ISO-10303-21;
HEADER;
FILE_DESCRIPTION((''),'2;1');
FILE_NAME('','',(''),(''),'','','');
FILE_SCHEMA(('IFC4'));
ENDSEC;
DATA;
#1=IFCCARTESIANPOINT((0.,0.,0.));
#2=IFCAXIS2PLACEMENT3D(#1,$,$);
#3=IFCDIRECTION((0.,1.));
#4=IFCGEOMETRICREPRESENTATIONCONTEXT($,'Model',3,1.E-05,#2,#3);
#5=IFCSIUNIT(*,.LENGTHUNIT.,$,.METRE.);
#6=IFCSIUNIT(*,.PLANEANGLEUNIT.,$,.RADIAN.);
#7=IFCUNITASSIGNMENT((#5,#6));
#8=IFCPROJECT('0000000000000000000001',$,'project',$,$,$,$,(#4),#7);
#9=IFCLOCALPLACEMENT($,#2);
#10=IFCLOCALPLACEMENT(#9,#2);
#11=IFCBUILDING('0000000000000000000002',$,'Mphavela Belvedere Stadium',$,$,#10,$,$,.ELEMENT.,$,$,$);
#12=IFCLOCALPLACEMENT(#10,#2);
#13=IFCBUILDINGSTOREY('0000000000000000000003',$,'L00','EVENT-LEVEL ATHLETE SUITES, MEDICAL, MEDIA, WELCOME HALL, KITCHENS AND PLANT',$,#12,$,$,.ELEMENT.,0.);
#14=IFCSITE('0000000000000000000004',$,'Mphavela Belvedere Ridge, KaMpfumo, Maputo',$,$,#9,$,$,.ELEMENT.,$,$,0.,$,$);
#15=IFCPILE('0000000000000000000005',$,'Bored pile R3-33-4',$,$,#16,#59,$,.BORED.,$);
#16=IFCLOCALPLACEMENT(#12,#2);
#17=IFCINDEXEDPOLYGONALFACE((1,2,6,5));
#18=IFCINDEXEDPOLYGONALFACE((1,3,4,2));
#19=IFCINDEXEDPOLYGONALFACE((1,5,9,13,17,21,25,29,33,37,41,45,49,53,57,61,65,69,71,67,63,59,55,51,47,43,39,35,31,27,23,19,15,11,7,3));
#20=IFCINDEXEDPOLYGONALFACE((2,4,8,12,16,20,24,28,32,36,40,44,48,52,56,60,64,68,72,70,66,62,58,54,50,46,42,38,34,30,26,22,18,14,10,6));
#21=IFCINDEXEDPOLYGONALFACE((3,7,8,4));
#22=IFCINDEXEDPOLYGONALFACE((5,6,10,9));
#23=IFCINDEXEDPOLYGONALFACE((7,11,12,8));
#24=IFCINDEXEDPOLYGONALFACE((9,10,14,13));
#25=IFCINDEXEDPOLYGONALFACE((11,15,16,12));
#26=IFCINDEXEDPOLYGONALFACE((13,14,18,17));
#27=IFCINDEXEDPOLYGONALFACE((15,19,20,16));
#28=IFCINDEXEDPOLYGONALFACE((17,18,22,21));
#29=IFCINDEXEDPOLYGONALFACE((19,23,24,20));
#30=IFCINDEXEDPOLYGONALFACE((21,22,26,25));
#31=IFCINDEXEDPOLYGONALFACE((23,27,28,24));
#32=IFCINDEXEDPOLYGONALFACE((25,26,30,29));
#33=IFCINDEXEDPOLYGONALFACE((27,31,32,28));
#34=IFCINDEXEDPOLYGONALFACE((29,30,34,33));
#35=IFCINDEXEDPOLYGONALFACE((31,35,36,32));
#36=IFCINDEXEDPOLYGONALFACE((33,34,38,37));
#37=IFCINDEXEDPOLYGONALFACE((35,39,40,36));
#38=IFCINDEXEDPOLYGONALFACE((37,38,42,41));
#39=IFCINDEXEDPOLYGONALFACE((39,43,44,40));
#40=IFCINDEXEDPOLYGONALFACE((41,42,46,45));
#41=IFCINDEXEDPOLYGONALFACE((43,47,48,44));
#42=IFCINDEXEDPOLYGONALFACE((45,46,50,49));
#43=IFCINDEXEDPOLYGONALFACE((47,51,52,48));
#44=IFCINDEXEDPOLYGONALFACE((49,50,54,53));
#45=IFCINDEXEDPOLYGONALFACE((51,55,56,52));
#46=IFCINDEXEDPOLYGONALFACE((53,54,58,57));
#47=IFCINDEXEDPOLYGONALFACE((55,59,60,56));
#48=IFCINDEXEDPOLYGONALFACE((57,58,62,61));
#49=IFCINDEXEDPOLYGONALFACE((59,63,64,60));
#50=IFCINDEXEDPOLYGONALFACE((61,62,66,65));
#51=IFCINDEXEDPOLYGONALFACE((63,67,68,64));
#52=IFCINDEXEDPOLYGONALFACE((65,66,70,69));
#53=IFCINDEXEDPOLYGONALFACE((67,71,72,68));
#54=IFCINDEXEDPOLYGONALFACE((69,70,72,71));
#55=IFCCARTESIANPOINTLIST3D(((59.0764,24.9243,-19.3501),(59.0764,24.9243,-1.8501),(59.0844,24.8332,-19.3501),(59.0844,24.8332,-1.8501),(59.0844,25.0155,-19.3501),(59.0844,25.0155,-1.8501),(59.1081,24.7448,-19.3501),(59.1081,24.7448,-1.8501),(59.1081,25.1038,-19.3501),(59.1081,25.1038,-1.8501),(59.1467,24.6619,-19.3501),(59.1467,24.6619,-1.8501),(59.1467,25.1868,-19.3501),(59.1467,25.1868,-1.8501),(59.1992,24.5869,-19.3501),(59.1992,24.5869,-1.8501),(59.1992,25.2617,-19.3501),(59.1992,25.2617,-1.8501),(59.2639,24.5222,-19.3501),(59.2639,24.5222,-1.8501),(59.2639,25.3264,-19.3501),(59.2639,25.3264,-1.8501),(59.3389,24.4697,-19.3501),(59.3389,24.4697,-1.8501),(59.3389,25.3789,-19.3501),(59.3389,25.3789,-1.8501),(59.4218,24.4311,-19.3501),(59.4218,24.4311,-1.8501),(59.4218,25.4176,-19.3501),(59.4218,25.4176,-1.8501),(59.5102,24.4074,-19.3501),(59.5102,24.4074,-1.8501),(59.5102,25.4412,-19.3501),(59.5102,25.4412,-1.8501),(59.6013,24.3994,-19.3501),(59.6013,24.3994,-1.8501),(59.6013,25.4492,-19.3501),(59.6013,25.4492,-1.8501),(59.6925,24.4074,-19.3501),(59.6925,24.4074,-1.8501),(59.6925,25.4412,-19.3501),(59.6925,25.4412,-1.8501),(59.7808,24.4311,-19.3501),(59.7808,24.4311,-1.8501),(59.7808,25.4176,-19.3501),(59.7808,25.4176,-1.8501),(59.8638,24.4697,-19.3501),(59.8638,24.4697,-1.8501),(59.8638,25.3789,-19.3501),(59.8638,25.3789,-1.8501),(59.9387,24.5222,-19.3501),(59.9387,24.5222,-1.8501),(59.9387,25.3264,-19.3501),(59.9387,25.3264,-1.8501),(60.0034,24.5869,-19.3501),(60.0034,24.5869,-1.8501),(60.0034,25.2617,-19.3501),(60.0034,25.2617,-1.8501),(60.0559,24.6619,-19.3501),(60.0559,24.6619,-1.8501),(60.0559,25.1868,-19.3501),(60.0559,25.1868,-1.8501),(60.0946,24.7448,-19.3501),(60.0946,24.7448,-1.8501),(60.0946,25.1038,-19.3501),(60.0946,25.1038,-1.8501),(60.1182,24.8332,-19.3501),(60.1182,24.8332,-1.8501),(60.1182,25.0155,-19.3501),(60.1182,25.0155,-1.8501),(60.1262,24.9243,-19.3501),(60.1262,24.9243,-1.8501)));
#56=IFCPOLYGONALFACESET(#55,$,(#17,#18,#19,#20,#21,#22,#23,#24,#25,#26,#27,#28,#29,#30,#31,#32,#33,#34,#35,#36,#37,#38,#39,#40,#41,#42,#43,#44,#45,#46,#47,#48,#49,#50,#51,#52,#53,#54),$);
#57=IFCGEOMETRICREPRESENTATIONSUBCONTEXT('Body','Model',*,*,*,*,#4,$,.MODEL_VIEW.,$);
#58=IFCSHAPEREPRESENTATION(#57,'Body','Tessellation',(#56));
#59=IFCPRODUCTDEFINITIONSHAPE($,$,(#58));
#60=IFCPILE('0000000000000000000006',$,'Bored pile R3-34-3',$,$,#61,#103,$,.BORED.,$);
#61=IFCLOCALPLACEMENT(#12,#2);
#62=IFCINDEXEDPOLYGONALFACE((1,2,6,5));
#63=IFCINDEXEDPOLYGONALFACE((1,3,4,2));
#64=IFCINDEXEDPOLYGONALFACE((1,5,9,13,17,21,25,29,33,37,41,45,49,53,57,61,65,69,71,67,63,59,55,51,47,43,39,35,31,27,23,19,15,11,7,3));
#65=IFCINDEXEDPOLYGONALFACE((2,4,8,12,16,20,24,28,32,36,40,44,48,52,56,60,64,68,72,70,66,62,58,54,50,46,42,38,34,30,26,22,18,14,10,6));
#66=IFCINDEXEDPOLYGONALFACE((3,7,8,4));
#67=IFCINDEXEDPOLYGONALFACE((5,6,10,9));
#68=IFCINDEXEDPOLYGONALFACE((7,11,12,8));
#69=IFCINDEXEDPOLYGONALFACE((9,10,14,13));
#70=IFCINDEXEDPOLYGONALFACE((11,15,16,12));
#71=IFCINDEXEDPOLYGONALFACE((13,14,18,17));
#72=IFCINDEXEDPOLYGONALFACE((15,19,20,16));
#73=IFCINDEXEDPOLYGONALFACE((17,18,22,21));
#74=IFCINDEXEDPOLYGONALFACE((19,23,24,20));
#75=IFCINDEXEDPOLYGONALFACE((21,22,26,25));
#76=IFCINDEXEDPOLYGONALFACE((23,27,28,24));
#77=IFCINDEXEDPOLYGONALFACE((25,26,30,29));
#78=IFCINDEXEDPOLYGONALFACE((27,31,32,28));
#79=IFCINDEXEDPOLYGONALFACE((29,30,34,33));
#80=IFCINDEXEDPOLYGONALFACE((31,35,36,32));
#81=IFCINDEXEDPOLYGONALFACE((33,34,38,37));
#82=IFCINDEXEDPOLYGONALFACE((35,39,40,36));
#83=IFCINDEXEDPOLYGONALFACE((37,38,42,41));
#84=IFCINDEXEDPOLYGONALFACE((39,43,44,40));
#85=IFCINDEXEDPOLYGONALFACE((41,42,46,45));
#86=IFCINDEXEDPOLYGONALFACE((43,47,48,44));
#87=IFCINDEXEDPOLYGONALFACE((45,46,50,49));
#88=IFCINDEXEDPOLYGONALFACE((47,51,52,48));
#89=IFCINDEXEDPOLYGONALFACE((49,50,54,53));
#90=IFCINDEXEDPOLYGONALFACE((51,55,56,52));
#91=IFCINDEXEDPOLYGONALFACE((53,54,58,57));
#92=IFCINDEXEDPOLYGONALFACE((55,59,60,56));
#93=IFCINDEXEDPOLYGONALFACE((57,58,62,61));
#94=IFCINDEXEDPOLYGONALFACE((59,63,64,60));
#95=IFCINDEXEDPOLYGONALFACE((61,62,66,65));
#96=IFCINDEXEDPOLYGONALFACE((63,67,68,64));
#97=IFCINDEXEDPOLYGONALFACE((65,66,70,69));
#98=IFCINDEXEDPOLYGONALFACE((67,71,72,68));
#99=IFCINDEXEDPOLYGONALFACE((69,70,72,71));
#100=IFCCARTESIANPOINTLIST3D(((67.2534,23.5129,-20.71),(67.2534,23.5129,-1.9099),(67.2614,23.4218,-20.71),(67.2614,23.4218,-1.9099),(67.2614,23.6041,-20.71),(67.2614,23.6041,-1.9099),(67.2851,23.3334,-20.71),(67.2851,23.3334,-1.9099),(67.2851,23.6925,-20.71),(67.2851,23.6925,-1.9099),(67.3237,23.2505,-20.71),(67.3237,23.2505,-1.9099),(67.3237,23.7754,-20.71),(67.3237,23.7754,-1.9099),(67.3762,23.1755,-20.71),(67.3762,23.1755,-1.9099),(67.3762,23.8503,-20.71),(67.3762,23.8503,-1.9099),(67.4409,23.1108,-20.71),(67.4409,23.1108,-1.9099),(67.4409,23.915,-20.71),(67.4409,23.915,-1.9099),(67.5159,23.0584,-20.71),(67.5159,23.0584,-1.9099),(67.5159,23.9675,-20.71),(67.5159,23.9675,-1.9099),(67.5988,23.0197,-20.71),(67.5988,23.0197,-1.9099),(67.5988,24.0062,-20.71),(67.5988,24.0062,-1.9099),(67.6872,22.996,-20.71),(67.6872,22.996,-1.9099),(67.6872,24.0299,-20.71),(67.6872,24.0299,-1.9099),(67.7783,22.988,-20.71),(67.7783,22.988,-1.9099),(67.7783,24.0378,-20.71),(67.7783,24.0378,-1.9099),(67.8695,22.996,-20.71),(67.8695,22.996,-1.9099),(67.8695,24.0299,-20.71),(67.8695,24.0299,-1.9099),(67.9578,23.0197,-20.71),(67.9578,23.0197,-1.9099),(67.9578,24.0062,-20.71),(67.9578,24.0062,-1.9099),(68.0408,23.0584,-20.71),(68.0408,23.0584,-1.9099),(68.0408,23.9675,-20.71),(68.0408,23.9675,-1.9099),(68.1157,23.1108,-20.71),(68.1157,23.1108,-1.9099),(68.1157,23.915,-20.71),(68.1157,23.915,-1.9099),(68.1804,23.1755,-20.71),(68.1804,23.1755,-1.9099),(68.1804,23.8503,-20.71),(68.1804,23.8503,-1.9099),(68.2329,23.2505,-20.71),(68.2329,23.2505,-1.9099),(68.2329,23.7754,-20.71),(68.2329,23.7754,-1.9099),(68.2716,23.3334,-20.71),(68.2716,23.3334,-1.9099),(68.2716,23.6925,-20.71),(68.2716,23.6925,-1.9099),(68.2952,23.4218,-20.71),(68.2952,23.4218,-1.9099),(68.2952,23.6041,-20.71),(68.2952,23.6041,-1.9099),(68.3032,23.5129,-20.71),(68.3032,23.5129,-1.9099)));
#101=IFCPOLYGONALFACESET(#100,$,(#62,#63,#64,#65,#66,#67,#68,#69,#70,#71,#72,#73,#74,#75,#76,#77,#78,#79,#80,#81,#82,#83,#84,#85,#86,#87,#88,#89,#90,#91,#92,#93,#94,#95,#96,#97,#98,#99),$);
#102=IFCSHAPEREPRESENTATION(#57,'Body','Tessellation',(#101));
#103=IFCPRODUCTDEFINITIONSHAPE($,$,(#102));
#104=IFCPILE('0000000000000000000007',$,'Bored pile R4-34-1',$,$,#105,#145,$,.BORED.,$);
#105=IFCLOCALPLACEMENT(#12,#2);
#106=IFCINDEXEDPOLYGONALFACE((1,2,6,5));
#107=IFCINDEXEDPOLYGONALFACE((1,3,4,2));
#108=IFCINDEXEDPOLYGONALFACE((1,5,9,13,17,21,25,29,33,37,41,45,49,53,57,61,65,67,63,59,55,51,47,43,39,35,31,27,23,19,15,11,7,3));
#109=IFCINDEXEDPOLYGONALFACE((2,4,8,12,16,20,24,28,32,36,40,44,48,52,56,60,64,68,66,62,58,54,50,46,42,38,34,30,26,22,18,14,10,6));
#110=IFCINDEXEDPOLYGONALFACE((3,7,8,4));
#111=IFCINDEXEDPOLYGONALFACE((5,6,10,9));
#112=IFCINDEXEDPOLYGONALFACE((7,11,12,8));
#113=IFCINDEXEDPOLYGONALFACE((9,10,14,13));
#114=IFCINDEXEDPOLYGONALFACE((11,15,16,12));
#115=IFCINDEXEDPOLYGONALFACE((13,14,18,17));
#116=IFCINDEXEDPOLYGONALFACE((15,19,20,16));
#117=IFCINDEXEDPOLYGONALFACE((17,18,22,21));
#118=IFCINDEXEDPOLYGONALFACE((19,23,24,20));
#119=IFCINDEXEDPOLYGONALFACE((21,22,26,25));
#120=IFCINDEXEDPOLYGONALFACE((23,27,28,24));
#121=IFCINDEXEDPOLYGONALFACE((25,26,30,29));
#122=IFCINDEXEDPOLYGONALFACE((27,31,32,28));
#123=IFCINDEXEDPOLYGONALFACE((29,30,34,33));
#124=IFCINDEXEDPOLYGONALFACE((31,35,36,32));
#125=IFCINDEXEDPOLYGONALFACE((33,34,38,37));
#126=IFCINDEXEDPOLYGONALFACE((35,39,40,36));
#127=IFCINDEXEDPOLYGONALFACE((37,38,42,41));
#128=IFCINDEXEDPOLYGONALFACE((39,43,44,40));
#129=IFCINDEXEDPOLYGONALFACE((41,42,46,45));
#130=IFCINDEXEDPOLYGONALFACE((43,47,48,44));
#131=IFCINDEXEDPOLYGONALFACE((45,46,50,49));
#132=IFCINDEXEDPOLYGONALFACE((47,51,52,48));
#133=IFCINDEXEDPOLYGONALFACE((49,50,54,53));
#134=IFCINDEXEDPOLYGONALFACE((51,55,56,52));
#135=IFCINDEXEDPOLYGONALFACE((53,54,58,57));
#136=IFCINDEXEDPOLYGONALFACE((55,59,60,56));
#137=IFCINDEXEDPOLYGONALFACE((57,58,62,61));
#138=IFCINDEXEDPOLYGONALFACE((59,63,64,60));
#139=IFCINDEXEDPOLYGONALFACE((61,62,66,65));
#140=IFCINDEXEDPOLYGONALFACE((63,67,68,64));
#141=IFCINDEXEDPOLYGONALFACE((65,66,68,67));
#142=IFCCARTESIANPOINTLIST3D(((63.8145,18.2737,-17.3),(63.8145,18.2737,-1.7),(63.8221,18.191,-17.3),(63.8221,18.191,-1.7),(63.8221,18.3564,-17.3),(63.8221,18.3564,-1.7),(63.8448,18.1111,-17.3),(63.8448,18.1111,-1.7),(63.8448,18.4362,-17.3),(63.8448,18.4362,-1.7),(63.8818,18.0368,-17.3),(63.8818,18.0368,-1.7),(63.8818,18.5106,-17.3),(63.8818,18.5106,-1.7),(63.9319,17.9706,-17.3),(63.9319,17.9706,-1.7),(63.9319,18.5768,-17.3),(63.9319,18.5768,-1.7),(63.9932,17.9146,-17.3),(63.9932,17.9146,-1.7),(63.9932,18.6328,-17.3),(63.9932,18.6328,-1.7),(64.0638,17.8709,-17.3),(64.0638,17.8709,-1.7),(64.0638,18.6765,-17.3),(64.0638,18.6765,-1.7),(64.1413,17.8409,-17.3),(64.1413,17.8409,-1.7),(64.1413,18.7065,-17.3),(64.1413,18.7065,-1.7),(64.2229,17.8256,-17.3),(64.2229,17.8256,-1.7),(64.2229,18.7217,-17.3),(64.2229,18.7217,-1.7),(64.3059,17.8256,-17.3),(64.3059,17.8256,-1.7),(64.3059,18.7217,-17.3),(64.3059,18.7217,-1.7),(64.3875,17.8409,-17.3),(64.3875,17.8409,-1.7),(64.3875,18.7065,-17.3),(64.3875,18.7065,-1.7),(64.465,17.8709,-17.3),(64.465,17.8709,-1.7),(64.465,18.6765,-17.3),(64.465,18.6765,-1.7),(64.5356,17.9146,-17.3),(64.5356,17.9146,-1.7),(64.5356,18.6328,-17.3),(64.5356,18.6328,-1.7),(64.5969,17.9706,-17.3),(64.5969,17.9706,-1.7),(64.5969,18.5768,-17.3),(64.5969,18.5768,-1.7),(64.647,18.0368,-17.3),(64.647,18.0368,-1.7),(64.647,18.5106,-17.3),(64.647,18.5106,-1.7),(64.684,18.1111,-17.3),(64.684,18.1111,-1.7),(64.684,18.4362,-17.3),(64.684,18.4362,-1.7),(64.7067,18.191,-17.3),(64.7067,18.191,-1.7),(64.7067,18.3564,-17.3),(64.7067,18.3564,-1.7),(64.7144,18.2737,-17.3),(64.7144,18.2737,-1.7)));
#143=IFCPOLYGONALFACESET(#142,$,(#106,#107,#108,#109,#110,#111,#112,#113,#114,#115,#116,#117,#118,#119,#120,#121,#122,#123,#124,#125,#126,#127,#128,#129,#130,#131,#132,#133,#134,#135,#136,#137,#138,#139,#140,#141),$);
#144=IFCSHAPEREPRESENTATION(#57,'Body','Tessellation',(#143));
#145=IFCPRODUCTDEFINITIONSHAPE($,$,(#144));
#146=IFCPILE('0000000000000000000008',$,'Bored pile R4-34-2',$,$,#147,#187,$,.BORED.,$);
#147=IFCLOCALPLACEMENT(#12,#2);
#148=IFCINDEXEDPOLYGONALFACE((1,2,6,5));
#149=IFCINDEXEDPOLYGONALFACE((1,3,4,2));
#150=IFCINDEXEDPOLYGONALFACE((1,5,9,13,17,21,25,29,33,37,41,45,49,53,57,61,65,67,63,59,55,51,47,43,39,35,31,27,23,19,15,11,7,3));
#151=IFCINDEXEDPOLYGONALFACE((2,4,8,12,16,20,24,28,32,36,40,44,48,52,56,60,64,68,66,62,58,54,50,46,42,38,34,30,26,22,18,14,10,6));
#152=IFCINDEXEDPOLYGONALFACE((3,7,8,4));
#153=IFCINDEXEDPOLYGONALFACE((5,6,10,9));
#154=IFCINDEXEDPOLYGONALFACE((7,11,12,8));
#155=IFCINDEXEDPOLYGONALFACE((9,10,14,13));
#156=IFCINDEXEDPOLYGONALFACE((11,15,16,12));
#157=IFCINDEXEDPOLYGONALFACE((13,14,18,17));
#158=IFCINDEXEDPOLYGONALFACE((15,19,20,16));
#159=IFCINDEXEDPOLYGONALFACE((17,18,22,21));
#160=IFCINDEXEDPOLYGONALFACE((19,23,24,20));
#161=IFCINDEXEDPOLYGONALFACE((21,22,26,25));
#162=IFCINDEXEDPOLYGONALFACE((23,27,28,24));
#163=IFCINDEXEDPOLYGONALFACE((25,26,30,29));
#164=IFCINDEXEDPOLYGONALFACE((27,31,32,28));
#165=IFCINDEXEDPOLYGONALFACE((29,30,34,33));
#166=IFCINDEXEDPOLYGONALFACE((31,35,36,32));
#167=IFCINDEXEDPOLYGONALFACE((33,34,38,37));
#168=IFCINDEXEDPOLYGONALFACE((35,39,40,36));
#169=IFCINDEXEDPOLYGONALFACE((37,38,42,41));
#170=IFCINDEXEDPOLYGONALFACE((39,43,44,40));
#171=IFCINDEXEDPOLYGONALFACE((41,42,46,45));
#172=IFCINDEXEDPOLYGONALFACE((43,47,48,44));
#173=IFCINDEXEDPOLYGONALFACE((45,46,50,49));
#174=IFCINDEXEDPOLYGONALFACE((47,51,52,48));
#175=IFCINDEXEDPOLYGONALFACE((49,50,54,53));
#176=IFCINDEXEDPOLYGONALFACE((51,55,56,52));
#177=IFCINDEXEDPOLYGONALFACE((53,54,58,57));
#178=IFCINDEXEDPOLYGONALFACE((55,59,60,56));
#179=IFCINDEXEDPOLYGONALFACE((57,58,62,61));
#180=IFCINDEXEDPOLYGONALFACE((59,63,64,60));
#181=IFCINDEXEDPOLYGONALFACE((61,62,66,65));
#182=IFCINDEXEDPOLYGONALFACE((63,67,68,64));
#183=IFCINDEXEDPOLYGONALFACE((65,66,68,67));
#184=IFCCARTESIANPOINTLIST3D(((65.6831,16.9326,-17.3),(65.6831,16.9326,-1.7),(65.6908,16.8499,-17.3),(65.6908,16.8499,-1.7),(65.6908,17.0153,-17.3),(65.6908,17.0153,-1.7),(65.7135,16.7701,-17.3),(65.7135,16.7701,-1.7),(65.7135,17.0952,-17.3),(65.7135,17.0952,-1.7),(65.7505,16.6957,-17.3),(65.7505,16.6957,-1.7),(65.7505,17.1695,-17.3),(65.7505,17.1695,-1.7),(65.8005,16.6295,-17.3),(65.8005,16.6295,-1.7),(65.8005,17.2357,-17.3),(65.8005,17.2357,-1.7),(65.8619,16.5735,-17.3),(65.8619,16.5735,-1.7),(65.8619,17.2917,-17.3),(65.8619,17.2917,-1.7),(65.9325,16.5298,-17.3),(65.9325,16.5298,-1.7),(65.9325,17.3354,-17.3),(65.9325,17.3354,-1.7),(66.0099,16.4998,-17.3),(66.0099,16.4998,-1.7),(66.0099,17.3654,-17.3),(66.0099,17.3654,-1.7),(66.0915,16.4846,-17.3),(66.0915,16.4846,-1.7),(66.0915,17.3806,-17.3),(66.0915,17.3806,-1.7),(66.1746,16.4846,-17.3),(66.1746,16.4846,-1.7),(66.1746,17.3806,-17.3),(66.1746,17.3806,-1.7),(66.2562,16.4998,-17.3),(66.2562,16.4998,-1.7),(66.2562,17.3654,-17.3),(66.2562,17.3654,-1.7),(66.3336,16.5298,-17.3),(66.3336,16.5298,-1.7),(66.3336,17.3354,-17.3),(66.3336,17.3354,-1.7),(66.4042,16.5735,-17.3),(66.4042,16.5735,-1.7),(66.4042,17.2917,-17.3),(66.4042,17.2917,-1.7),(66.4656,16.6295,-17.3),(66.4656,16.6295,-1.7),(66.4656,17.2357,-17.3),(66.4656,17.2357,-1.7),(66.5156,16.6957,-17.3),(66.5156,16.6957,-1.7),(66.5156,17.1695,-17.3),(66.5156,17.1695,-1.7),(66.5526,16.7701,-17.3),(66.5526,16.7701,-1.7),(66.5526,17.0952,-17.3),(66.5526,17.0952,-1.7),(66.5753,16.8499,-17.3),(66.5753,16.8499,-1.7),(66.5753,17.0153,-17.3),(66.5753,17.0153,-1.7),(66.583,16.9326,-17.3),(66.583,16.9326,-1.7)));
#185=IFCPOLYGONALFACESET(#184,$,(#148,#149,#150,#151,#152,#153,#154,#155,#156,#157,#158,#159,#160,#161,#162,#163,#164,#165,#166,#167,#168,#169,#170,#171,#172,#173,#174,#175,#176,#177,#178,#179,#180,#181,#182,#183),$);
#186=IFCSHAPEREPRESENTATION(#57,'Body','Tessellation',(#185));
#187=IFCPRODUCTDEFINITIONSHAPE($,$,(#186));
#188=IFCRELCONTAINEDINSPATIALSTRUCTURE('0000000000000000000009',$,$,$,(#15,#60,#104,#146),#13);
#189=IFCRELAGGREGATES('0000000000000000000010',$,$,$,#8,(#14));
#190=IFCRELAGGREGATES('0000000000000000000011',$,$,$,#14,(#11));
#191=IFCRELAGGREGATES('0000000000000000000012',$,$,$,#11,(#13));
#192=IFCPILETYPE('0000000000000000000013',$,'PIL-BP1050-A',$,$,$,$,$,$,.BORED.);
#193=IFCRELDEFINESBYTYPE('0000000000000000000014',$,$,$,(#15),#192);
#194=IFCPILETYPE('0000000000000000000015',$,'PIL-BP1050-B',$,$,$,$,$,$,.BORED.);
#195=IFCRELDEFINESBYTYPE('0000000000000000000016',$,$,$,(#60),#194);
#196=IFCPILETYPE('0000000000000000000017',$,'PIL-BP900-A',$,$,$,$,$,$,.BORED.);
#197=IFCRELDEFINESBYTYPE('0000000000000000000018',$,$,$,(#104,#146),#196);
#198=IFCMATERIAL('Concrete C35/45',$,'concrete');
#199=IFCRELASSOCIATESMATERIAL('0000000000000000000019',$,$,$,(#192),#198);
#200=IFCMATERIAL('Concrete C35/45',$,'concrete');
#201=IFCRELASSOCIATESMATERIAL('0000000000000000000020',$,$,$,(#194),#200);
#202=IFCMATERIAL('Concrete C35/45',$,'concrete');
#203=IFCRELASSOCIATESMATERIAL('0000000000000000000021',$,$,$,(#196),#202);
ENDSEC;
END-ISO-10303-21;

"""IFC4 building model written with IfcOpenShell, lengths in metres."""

from ifc_helpers import new_model, si_unit, direction, frame, origin, origin_2d, place, context, subcontext, project, spatial, circle, extrude, material, material_profile, profile_set, type_object, element, save


model = new_model("IFC4")

# Units and contexts
model_context = context("Model", 3, precision=1e-05, world=origin(), true_north=direction((0.0, 1.0)))
body_context = subcontext(model_context, "Body", "Model", "MODEL_VIEW")
ifc_project = project(units=[si_unit("LENGTHUNIT", "METRE"), si_unit("PLANEANGLEUNIT", "RADIAN")], contexts=[model_context])

# Site, building, storey
site_placement = place(None, origin())
site = spatial("IfcSite", under=ifc_project, at=site_placement, Name="Mphavela Belvedere Ridge, KaMpfumo, Maputo", CompositionType="ELEMENT", RefElevation=0.0)
building_placement = place(site_placement, origin())
building = spatial("IfcBuilding", under=site, at=building_placement, Name="Mphavela Belvedere Stadium", CompositionType="ELEMENT")
storey_placement = place(building_placement, origin())
storey = spatial("IfcBuildingStorey", under=building, at=storey_placement, Name="L00", Description="EVENT-LEVEL ATHLETE SUITES, MEDICAL, MEDIA, WELCOME HALL, KITCHENS AND PLANT", CompositionType="ELEMENT", Elevation=0.0)

# Piles
ifc_material_1 = material(Name="Concrete C35/45", Category="concrete")
ifc_material_profile_1 = material_profile(ifc_material_1, circle(Radius=0.5249, at=origin_2d()), Name="BP D1050")
ifc_profile_set_1 = profile_set([ifc_material_profile_1], Name="Concrete C35/45")
pile_type_1 = type_object("IfcPileType", Name="PIL-BP1050-A", PredefinedType="BORED", material=ifc_profile_set_1)
for number, where, z_axis, x_axis, name in (
    (1, (59.6013, 24.9243, -1.8501), (0.0, 0.0, -1.0), (1.0, 0.0, 0.0), "Bored pile R3-33-4"),
):
    element("IfcPile", number, at=place(storey_placement, frame(where, z_axis=z_axis, x_axis=x_axis)), inside=storey, type_object=pile_type_1, Name=name, PredefinedType="BORED", context=body_context, shape_type="SweptSolid", body=[
        extrude(circle(Radius=0.5249, at=origin_2d()), origin(), (0.0, 0.0, 1.0), 17.5),
    ])
ifc_material_2 = material(Name="Concrete C35/45", Category="concrete")
ifc_material_profile_2 = material_profile(ifc_material_2, circle(Radius=0.5249, at=origin_2d()), Name="BP D1050")
ifc_profile_set_2 = profile_set([ifc_material_profile_2], Name="Concrete C35/45")
pile_type_2 = type_object("IfcPileType", Name="PIL-BP1050-B", PredefinedType="BORED", material=ifc_profile_set_2)
pile_placement = place(storey_placement, frame((67.7783, 23.5129, -1.9099), z_axis=(0.0, 0.0, -1.0), x_axis=(1.0, 0.0, 0.0)))
element("IfcPile", 2, at=pile_placement, inside=storey, type_object=pile_type_2, Name="Bored pile R3-34-3", PredefinedType="BORED", context=body_context, shape_type="SweptSolid", body=[
    extrude(circle(Radius=0.5249, at=origin_2d()), origin(), (0.0, 0.0, 1.0), 18.8),
])
ifc_material_3 = material(Name="Concrete C35/45", Category="concrete")
ifc_material_profile_3 = material_profile(ifc_material_3, circle(Radius=0.45, at=origin_2d()), Name="BP D900")
ifc_profile_set_3 = profile_set([ifc_material_profile_3], Name="Concrete C35/45")
pile_type_3 = type_object("IfcPileType", Name="PIL-BP900-A", PredefinedType="BORED", material=ifc_profile_set_3)
for number, where, z_axis, x_axis, name in (
    (3, (64.2644, 18.2737, -1.7), (0.0, 0.0, -1.0), (1.0, 0.0, 0.0), "Bored pile R4-34-1"),
    (4, (66.1331, 16.9326, -1.7), (0.0, 0.0, -1.0), (1.0, 0.0, 0.0), "Bored pile R4-34-2"),
):
    element("IfcPile", number, at=place(storey_placement, frame(where, z_axis=z_axis, x_axis=x_axis)), inside=storey, type_object=pile_type_3, Name=name, PredefinedType="BORED", context=body_context, shape_type="SweptSolid", body=[
        extrude(circle(Radius=0.45, at=origin_2d()), origin(), (0.0, 0.0, 1.0), 15.6001),
    ])

save(model, "model.ifc")
